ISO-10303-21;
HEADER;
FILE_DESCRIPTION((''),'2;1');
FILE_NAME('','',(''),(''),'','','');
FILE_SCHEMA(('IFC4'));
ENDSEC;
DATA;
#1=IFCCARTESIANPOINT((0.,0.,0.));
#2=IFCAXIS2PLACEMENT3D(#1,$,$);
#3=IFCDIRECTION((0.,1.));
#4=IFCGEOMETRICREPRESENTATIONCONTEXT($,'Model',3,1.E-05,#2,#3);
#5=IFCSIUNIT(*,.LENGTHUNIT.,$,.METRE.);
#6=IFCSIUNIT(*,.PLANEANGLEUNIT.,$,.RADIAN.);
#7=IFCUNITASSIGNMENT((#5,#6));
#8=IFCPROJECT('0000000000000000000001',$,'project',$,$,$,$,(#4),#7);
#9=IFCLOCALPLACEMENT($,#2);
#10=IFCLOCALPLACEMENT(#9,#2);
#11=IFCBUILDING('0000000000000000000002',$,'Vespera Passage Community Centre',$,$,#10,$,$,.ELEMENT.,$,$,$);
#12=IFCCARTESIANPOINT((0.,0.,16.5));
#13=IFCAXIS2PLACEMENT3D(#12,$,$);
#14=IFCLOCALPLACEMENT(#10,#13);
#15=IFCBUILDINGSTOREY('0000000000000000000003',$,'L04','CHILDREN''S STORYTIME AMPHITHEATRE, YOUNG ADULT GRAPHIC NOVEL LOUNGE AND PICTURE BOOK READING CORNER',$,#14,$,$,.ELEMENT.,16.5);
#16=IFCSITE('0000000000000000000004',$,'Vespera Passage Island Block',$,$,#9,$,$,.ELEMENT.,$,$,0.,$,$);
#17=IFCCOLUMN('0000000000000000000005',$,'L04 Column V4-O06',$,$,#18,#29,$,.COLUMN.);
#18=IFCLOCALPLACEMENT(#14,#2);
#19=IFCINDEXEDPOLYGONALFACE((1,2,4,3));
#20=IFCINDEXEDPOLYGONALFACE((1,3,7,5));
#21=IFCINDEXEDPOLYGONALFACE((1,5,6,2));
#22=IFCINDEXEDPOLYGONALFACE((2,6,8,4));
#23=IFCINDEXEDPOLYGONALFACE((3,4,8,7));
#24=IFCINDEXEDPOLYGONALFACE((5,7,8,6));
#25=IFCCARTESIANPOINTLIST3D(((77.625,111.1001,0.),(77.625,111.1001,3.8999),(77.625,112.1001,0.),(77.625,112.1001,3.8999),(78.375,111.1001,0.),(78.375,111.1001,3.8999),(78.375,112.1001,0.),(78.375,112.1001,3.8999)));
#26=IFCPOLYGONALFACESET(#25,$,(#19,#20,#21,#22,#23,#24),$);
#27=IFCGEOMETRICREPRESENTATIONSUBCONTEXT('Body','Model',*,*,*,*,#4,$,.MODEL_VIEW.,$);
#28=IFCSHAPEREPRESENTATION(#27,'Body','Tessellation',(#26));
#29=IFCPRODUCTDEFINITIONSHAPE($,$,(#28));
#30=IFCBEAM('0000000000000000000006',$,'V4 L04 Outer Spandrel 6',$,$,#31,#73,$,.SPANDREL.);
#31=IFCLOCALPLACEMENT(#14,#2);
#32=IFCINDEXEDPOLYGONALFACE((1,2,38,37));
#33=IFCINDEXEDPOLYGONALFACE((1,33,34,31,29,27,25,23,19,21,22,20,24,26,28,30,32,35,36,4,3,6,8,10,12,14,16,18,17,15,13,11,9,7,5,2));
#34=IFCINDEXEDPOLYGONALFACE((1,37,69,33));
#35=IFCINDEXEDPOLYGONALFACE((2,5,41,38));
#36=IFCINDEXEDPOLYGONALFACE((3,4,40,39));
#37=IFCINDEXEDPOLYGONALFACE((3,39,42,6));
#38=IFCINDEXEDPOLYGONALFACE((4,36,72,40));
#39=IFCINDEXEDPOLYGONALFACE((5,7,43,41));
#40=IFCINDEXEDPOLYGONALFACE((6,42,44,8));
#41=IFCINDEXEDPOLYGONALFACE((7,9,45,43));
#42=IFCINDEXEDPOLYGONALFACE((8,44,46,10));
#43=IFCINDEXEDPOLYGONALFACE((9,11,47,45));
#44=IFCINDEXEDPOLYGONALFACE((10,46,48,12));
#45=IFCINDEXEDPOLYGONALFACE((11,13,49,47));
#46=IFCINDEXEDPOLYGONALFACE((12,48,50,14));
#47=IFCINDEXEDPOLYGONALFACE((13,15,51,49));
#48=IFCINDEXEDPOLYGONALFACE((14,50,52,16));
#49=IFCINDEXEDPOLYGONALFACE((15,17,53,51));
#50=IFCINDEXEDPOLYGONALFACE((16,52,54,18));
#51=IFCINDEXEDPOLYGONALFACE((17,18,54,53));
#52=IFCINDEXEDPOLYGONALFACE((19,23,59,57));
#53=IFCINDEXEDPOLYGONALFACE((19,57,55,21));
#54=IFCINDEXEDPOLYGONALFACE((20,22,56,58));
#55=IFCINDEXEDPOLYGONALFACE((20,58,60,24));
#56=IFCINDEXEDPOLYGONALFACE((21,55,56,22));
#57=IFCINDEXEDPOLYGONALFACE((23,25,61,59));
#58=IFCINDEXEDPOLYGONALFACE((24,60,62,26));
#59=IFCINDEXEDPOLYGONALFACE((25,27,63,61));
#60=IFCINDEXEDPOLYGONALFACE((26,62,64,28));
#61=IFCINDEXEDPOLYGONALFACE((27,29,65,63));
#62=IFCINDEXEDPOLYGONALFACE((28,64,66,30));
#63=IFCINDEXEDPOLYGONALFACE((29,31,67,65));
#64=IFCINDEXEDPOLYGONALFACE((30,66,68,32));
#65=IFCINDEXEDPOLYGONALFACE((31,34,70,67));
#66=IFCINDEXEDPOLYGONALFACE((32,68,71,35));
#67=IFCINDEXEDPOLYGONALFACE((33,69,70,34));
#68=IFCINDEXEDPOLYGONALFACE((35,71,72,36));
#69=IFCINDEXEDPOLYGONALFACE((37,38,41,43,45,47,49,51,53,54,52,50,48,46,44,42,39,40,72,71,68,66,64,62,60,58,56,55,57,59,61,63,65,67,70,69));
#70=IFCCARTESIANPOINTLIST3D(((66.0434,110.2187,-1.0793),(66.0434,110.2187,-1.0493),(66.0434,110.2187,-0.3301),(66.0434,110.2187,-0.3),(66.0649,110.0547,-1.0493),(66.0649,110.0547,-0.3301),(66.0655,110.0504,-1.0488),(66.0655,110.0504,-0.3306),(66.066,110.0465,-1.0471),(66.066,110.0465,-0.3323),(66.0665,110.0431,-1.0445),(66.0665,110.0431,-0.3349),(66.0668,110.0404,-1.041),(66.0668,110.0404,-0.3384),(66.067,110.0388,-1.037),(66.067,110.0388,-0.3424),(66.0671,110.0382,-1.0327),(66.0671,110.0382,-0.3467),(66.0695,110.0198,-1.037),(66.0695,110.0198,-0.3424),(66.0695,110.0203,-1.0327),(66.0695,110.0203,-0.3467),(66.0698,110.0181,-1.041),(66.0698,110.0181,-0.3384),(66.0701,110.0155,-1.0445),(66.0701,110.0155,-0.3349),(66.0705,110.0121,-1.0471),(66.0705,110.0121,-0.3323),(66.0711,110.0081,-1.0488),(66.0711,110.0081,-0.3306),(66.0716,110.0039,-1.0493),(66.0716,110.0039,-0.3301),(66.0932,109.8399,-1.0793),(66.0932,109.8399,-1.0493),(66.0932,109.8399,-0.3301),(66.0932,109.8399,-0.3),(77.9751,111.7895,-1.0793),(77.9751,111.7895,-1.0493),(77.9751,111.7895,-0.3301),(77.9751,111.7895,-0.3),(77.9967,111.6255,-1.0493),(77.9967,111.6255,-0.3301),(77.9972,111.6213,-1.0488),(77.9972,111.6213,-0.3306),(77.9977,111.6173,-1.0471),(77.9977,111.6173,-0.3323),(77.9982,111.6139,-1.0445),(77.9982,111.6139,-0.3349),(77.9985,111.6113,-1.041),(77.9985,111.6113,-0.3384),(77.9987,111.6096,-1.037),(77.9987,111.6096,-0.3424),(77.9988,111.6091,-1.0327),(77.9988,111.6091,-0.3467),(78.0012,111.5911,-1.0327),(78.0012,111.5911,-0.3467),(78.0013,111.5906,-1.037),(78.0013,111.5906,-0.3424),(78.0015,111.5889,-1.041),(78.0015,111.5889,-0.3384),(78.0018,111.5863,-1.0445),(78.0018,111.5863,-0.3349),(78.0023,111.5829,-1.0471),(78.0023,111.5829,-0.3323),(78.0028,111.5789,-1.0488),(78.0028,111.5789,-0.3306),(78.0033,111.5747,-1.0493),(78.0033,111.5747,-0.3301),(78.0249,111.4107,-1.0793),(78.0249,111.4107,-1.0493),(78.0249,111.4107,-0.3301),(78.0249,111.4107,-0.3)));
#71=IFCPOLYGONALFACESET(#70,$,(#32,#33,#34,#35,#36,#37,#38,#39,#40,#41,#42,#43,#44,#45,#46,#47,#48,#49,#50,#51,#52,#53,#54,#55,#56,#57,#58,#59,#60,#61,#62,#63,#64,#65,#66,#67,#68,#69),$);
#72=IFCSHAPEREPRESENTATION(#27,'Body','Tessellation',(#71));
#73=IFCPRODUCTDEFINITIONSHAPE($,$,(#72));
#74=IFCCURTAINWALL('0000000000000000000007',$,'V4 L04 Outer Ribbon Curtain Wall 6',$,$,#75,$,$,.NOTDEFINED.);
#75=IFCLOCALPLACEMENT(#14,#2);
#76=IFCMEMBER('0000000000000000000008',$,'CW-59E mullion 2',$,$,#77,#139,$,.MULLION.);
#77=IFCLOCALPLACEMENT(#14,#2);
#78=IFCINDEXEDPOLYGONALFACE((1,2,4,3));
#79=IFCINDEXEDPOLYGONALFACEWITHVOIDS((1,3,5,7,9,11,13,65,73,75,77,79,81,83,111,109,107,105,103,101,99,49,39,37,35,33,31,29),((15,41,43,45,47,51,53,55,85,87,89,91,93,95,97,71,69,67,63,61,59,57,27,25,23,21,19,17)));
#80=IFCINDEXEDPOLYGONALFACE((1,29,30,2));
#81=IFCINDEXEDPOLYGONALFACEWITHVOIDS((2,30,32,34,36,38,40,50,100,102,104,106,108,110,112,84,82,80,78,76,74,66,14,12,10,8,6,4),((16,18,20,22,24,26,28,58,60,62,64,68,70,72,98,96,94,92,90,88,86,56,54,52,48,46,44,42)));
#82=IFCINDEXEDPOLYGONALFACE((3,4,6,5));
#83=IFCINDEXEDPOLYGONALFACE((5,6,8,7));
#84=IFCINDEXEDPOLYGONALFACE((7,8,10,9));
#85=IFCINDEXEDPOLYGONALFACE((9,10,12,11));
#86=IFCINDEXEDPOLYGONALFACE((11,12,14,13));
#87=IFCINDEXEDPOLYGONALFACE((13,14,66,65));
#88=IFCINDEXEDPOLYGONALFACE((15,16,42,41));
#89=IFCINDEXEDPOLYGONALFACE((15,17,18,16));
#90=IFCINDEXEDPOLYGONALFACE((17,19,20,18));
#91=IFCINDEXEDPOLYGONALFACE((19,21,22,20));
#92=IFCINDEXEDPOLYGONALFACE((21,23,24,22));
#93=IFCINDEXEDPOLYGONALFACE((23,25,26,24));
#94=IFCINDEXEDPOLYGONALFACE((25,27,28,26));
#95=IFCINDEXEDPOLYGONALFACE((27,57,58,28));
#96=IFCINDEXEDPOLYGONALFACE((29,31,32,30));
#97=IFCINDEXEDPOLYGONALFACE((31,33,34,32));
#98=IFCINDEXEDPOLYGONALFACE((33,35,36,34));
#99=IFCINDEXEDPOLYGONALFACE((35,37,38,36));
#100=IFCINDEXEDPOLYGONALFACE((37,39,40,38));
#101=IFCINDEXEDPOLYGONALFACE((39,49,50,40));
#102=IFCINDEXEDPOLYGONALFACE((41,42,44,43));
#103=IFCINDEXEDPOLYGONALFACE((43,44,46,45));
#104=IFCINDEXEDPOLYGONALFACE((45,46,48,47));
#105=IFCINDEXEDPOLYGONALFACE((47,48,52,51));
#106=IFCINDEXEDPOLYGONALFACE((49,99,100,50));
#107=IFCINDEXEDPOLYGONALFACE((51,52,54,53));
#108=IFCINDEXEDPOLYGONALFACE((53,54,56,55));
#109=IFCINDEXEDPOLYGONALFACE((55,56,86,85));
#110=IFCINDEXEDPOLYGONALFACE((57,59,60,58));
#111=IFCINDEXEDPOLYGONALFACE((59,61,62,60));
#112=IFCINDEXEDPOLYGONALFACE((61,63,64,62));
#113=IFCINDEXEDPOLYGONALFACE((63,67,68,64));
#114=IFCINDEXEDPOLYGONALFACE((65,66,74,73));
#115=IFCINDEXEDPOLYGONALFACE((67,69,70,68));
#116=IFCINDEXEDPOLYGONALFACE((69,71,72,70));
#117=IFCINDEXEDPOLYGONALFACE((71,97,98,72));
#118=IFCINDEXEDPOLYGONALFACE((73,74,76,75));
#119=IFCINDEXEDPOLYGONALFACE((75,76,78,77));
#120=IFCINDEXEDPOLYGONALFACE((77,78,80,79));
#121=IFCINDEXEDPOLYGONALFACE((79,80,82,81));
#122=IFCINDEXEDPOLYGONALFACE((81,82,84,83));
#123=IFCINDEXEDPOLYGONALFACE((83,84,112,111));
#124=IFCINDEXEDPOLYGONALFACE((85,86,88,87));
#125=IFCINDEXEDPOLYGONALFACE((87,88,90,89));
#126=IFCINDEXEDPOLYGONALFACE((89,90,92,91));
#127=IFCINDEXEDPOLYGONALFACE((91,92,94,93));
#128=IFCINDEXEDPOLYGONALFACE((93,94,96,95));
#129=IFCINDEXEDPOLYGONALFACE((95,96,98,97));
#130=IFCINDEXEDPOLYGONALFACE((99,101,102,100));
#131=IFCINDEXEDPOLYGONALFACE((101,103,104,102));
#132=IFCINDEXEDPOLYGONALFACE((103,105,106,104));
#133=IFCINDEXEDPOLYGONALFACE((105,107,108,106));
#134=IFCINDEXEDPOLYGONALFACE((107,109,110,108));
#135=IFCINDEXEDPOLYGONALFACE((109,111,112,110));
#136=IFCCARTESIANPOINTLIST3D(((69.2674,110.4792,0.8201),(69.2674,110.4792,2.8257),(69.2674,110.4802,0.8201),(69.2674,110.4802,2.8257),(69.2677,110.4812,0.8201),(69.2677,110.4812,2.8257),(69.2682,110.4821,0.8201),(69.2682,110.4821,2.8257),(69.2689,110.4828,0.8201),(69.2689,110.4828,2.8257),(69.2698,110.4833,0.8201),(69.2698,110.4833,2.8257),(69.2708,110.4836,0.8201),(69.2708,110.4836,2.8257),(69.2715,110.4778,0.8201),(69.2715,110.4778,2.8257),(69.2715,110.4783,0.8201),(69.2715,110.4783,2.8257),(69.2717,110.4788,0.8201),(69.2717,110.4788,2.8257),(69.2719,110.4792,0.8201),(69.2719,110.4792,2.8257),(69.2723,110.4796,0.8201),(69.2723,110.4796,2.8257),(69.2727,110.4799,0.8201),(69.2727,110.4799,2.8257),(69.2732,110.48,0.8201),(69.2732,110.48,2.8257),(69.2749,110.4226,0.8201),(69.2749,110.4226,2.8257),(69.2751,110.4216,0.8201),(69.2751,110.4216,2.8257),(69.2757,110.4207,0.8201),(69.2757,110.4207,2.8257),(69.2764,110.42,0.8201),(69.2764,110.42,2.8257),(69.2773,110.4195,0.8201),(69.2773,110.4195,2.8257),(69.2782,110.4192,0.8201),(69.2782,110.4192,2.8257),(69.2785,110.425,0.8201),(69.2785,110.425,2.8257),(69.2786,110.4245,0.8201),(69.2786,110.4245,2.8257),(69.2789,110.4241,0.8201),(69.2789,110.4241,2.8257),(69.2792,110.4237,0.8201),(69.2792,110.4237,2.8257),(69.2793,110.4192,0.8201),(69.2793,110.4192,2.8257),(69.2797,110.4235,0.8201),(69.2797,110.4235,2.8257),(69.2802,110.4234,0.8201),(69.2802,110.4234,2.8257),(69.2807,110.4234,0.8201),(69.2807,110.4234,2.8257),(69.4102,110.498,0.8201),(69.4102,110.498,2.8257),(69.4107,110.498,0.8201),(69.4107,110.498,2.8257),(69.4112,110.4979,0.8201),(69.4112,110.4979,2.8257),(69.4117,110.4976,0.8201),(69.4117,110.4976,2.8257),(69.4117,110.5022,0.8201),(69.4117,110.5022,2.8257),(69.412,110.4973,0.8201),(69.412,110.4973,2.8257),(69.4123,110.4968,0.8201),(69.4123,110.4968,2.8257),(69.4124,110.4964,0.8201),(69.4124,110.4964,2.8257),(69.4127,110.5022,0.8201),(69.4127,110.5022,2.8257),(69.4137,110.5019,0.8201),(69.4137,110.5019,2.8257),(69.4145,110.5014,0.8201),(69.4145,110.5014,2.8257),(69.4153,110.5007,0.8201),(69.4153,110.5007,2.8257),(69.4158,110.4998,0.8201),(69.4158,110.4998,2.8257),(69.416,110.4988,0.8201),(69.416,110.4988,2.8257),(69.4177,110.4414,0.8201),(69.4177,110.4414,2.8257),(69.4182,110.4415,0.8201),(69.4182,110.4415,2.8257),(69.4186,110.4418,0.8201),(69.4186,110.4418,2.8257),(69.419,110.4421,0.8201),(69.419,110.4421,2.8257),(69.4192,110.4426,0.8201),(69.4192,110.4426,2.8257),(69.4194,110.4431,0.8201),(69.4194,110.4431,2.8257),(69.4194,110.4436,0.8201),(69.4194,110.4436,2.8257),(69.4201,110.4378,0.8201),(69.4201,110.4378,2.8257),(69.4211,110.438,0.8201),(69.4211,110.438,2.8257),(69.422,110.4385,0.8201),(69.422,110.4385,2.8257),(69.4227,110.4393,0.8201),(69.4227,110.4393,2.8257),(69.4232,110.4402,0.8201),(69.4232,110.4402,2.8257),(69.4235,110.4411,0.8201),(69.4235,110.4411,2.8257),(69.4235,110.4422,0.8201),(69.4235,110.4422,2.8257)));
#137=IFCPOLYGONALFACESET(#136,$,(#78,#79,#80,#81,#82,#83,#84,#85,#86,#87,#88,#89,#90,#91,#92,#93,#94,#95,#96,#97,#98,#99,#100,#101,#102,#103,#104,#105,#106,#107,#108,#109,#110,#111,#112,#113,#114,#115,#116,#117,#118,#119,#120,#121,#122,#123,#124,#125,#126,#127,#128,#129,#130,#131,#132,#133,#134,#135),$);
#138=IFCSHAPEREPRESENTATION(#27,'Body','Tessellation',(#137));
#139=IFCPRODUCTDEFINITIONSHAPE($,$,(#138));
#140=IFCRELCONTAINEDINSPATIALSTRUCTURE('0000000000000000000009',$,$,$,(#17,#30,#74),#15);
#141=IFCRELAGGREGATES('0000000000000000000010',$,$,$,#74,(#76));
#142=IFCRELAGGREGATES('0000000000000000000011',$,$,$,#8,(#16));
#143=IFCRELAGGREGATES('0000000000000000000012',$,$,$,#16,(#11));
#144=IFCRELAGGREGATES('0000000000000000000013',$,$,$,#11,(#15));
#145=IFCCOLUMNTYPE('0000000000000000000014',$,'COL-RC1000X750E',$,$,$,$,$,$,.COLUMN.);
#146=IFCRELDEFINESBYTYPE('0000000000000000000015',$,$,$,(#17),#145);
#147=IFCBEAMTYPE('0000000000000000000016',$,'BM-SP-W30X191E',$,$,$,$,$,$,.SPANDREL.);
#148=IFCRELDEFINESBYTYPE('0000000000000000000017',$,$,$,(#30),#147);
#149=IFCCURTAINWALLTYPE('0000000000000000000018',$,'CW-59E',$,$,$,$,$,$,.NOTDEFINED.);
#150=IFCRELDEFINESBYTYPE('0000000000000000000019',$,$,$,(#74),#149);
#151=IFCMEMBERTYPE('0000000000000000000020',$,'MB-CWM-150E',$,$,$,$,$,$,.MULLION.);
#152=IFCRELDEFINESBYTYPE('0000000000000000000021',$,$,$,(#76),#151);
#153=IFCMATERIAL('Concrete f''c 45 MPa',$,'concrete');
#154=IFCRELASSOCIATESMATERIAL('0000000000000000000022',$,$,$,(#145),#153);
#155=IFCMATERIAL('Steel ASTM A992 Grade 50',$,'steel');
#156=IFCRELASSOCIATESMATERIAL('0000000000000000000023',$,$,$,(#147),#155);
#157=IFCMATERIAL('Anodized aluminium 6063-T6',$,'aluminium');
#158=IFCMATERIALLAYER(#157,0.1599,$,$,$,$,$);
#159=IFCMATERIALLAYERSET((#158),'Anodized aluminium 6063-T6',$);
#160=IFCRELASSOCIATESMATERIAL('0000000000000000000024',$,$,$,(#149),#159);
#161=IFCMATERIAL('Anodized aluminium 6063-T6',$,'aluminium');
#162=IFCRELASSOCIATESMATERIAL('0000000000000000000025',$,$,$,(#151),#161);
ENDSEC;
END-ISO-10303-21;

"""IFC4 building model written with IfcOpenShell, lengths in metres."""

from ifc_helpers import new_model, si_unit, direction, frame, origin, origin_2d, place, context, subcontext, project, spatial, rectangle, hollow_rectangle, i_section, extrude, material, layer, layer_set, material_profile, profile_set, type_object, element, aggregate, save


model = new_model("IFC4")

# Units and contexts
model_context = context("Model", 3, precision=1e-05, world=origin(), true_north=direction((0.0, 1.0)))
body_context = subcontext(model_context, "Body", "Model", "MODEL_VIEW")
ifc_project = project(units=[si_unit("LENGTHUNIT", "METRE"), si_unit("PLANEANGLEUNIT", "RADIAN")], contexts=[model_context])

# Site, building, storey
site_placement = place(None, origin())
site = spatial("IfcSite", under=ifc_project, at=site_placement, Name="Vespera Passage Island Block", CompositionType="ELEMENT", RefElevation=0.0)
building_placement = place(site_placement, origin())
building = spatial("IfcBuilding", under=site, at=building_placement, Name="Vespera Passage Community Centre", CompositionType="ELEMENT")
storey_placement = place(building_placement, frame((0.0, 0.0, 16.5)))
storey = spatial("IfcBuildingStorey", under=building, at=storey_placement, Name="L04", Description="CHILDREN'S STORYTIME AMPHITHEATRE, YOUNG ADULT GRAPHIC NOVEL LOUNGE AND PICTURE BOOK READING CORNER", CompositionType="ELEMENT", Elevation=16.5)

# Column
ifc_material_1 = material(Name="Concrete f'c 45 MPa", Category="concrete")
ifc_material_profile_1 = material_profile(ifc_material_1, rectangle(XDim=0.75, YDim=1.0, at=origin_2d()), Name="RC1000X750")
ifc_profile_set_1 = profile_set([ifc_material_profile_1], Name="Concrete f'c 45 MPa")
column_type = type_object("IfcColumnType", Name="COL-RC1000X750E", PredefinedType="COLUMN", material=ifc_profile_set_1)
column_placement = place(storey_placement, frame((78.0, 111.6001, 0.0), z_axis=(0.0, 0.0, 1.0), x_axis=(1.0, 0.0, 0.0)))
element("IfcColumn", 1, at=column_placement, inside=storey, type_object=column_type, Name="L04 Column V4-O06", PredefinedType="COLUMN", context=body_context, shape_type="SweptSolid", body=[
    extrude(rectangle(XDim=0.75, YDim=1.0, at=origin_2d()), origin(), (0.0, 0.0, 1.0), 3.8999),
])

# Beam
ifc_material_2 = material(Name="Steel ASTM A992 Grade 50", Category="steel")
ifc_material_profile_2 = material_profile(ifc_material_2, i_section(OverallWidth=0.3821, OverallDepth=0.7793, WebThickness=0.0181, FlangeThickness=0.03, FilletRadius=0.0166, at=origin_2d()), Name="W30X191")
ifc_profile_set_2 = profile_set([ifc_material_profile_2], Name="Steel ASTM A992 Grade 50")
beam_type = type_object("IfcBeamType", Name="BM-SP-W30X191E", PredefinedType="SPANDREL", material=ifc_profile_set_2)
beam_placement = place(storey_placement, frame((78.0, 111.6001, -0.6897), z_axis=(-0.991445, -0.130524, 0.0), x_axis=(0.130524, -0.991445, 0.0)))
element("IfcBeam", 2, at=beam_placement, inside=storey, type_object=beam_type, Name="V4 L04 Outer Spandrel 6", PredefinedType="SPANDREL", context=body_context, shape_type="SweptSolid", body=[
    extrude(i_section(OverallWidth=0.3821, OverallDepth=0.7793, WebThickness=0.0181, FlangeThickness=0.03, FilletRadius=0.0166, at=origin_2d()), origin(), (0.0, 0.0, 1.0), 12.0347),
])

# Curtain wall, member
ifc_material_3 = material(Name="Anodized aluminium 6063-T6", Category="aluminium")
ifc_layer_1 = layer(ifc_material_3, 0.1599)
ifc_layer_set_1 = layer_set([ifc_layer_1], Name="Anodized aluminium 6063-T6")
curtain_wall_type = type_object("IfcCurtainWallType", Name="CW-59E", PredefinedType="NOTDEFINED", material=ifc_layer_set_1)
curtain_wall_placement = place(storey_placement, origin())
curtain_wall = element("IfcCurtainWall", 3, at=curtain_wall_placement, inside=storey, type_object=curtain_wall_type, Name="V4 L04 Outer Ribbon Curtain Wall 6", PredefinedType="NOTDEFINED")
ifc_material_4 = material(Name="Anodized aluminium 6063-T6", Category="aluminium")
ifc_material_profile_3 = material_profile(ifc_material_4, hollow_rectangle(XDim=0.0649, YDim=0.1499, WallThickness=0.0039, InnerFilletRadius=0.002, OuterFilletRadius=0.0039, at=origin_2d()), Name="ALU150X65X4")
ifc_profile_set_3 = profile_set([ifc_material_profile_3], Name="Anodized aluminium 6063-T6")
member_type_1 = type_object("IfcMemberType", Name="MB-CWM-150E", PredefinedType="MULLION", material=ifc_profile_set_3)
member_1_placement = place(storey_placement, frame((69.3455, 110.4607, 0.8201), z_axis=(0.0, 0.0, 1.0), x_axis=(-0.130531, 0.991444, 0.0)))
member_1 = element("IfcMember", 4, at=member_1_placement, type_object=member_type_1, Name="CW-59E mullion 2", PredefinedType="MULLION", context=body_context, shape_type="SweptSolid", body=[
    extrude(hollow_rectangle(XDim=0.0649, YDim=0.1499, WallThickness=0.0039, InnerFilletRadius=0.002, OuterFilletRadius=0.0039, at=origin_2d()), origin(), (0.0, 0.0, 1.0), 2.0056),
])
aggregate(curtain_wall, [member_1])

save(model, "model.ifc")
